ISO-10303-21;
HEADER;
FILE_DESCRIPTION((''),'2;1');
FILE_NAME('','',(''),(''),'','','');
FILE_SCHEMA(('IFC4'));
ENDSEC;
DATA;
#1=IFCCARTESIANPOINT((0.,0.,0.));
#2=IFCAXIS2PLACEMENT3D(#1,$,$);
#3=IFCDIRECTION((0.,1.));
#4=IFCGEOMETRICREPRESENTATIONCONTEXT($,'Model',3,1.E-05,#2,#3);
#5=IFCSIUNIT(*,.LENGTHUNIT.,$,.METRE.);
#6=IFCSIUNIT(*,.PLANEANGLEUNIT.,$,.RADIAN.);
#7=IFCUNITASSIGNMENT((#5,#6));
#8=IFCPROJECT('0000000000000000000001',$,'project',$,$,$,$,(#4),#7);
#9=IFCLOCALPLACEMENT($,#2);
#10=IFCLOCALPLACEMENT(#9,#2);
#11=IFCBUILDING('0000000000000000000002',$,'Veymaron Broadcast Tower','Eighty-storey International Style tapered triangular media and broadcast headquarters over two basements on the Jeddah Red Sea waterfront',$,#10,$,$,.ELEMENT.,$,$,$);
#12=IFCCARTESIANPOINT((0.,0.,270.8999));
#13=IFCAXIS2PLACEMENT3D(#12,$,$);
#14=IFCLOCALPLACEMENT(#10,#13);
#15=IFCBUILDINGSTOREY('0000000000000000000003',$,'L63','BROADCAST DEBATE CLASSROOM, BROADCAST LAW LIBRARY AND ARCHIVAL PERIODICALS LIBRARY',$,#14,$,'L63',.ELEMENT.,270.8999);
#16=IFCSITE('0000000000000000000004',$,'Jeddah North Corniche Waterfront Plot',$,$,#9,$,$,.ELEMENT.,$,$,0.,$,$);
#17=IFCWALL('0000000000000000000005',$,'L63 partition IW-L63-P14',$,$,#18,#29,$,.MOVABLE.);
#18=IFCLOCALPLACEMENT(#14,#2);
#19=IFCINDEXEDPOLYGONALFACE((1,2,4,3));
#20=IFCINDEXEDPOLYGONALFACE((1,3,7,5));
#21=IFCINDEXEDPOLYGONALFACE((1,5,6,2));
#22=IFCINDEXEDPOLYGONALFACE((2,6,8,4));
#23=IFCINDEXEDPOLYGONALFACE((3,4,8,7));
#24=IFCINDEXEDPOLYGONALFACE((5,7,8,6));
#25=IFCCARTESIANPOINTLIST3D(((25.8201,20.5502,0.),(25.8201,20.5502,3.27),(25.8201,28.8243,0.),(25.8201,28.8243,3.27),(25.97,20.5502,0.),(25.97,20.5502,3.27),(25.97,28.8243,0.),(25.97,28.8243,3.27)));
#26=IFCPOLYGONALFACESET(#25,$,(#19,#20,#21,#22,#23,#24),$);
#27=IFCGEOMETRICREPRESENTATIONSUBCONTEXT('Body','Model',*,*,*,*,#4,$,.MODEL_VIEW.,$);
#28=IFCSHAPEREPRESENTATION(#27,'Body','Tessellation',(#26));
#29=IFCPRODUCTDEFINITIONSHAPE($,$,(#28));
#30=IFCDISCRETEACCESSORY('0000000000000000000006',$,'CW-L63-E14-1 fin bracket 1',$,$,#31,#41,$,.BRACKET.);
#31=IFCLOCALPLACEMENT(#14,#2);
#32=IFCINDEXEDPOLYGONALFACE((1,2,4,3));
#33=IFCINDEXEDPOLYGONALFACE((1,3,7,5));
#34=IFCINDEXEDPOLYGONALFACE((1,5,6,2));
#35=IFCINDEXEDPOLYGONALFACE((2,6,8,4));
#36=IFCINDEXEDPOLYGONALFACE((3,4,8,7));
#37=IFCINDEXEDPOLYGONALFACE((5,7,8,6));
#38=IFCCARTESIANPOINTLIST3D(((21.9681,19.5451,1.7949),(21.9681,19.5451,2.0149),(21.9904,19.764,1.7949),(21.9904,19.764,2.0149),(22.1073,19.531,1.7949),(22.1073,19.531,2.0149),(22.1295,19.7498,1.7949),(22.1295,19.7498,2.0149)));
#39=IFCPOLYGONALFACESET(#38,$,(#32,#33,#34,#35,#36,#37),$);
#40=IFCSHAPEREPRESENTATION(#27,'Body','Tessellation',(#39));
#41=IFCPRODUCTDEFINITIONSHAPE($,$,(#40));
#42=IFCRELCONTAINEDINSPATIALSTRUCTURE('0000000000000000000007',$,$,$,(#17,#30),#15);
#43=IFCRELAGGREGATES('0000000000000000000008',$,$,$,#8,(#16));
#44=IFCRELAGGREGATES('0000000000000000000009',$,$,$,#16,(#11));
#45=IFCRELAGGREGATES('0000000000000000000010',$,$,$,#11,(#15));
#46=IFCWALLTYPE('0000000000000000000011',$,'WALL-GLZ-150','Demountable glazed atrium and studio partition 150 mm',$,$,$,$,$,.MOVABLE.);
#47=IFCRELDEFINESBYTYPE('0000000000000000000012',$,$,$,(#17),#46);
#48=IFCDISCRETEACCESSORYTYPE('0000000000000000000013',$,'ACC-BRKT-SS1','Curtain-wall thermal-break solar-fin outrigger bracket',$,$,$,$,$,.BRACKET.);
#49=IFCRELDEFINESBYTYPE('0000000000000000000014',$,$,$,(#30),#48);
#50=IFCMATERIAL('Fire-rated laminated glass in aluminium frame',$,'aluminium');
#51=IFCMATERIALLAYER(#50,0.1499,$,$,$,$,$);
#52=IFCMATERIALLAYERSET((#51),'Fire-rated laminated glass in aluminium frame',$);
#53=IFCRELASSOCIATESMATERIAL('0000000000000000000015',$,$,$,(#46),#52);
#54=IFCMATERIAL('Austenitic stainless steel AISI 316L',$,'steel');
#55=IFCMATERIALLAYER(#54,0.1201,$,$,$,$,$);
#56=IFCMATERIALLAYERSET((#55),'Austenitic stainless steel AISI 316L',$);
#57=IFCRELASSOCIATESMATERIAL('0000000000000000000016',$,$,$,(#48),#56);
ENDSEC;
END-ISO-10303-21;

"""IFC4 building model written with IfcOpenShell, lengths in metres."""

from ifc_helpers import new_model, si_unit, direction, frame, frame_2d, origin, origin_2d, place, context, subcontext, project, spatial, rectangle, extrude, material, layer, layer_set, type_object, element, save


model = new_model("IFC4")

# Units and contexts
model_context = context("Model", 3, precision=1e-05, world=origin(), true_north=direction((0.0, 1.0)))
body_context = subcontext(model_context, "Body", "Model", "MODEL_VIEW")
ifc_project = project(units=[si_unit("LENGTHUNIT", "METRE"), si_unit("PLANEANGLEUNIT", "RADIAN")], contexts=[model_context])

# Site, building, storey
site_placement = place(None, origin())
site = spatial("IfcSite", under=ifc_project, at=site_placement, Name="Jeddah North Corniche Waterfront Plot", CompositionType="ELEMENT", RefElevation=0.0)
building_placement = place(site_placement, origin())
building = spatial("IfcBuilding", under=site, at=building_placement, Name="Veymaron Broadcast Tower", Description="Eighty-storey International Style tapered triangular media and broadcast headquarters over two basements on the Jeddah Red Sea waterfront", CompositionType="ELEMENT")
storey_placement = place(building_placement, frame((0.0, 0.0, 270.8999)))
storey = spatial("IfcBuildingStorey", under=building, at=storey_placement, Name="L63", Description="BROADCAST DEBATE CLASSROOM, BROADCAST LAW LIBRARY AND ARCHIVAL PERIODICALS LIBRARY", LongName="L63", CompositionType="ELEMENT", Elevation=270.8999)

# Wall
ifc_material_1 = material(Name="Fire-rated laminated glass in aluminium frame", Category="aluminium")
ifc_layer_1 = layer(ifc_material_1, 0.1499)
ifc_layer_set_1 = layer_set([ifc_layer_1], Name="Fire-rated laminated glass in aluminium frame")
wall_type_1 = type_object("IfcWallType", Name="WALL-GLZ-150", Description="Demountable glazed atrium and studio partition 150 mm", PredefinedType="MOVABLE", material=ifc_layer_set_1)
wall_1_placement = place(storey_placement, frame((25.895, 20.55, 0.0), z_axis=(0.0, 0.0, 1.0), x_axis=(0.0, 1.0, 0.0)))
element("IfcWall", 1, at=wall_1_placement, inside=storey, type_object=wall_type_1, Name="L63 partition IW-L63-P14", PredefinedType="MOVABLE", context=body_context, shape_type="SweptSolid", body=[
    extrude(rectangle(XDim=8.2742, YDim=0.1499, at=frame_2d((4.1372, 0.0))), origin(), (0.0, 0.0, 1.0), 3.27),
])

# Discrete accessory
ifc_material_2 = material(Name="Austenitic stainless steel AISI 316L", Category="steel")
ifc_layer_2 = layer(ifc_material_2, 0.1201)
ifc_layer_set_2 = layer_set([ifc_layer_2], Name="Austenitic stainless steel AISI 316L")
discrete_accessory_type = type_object("IfcDiscreteAccessoryType", Name="ACC-BRKT-SS1", Description="Curtain-wall thermal-break solar-fin outrigger bracket", PredefinedType="BRACKET", material=ifc_layer_set_2)
discrete_accessory_placement = place(storey_placement, frame((22.0488, 19.6475, 1.7949), z_axis=(0.0, 0.0, 1.0), x_axis=(-0.10116, -0.99487, 0.0)))
element("IfcDiscreteAccessory", 2, at=discrete_accessory_placement, inside=storey, type_object=discrete_accessory_type, Name="CW-L63-E14-1 fin bracket 1", PredefinedType="BRACKET", context=body_context, shape_type="SweptSolid", body=[
    extrude(rectangle(XDim=0.22, YDim=0.1399, at=origin_2d()), origin(), (0.0, 0.0, 1.0), 0.22),
])

save(model, "model.ifc")
